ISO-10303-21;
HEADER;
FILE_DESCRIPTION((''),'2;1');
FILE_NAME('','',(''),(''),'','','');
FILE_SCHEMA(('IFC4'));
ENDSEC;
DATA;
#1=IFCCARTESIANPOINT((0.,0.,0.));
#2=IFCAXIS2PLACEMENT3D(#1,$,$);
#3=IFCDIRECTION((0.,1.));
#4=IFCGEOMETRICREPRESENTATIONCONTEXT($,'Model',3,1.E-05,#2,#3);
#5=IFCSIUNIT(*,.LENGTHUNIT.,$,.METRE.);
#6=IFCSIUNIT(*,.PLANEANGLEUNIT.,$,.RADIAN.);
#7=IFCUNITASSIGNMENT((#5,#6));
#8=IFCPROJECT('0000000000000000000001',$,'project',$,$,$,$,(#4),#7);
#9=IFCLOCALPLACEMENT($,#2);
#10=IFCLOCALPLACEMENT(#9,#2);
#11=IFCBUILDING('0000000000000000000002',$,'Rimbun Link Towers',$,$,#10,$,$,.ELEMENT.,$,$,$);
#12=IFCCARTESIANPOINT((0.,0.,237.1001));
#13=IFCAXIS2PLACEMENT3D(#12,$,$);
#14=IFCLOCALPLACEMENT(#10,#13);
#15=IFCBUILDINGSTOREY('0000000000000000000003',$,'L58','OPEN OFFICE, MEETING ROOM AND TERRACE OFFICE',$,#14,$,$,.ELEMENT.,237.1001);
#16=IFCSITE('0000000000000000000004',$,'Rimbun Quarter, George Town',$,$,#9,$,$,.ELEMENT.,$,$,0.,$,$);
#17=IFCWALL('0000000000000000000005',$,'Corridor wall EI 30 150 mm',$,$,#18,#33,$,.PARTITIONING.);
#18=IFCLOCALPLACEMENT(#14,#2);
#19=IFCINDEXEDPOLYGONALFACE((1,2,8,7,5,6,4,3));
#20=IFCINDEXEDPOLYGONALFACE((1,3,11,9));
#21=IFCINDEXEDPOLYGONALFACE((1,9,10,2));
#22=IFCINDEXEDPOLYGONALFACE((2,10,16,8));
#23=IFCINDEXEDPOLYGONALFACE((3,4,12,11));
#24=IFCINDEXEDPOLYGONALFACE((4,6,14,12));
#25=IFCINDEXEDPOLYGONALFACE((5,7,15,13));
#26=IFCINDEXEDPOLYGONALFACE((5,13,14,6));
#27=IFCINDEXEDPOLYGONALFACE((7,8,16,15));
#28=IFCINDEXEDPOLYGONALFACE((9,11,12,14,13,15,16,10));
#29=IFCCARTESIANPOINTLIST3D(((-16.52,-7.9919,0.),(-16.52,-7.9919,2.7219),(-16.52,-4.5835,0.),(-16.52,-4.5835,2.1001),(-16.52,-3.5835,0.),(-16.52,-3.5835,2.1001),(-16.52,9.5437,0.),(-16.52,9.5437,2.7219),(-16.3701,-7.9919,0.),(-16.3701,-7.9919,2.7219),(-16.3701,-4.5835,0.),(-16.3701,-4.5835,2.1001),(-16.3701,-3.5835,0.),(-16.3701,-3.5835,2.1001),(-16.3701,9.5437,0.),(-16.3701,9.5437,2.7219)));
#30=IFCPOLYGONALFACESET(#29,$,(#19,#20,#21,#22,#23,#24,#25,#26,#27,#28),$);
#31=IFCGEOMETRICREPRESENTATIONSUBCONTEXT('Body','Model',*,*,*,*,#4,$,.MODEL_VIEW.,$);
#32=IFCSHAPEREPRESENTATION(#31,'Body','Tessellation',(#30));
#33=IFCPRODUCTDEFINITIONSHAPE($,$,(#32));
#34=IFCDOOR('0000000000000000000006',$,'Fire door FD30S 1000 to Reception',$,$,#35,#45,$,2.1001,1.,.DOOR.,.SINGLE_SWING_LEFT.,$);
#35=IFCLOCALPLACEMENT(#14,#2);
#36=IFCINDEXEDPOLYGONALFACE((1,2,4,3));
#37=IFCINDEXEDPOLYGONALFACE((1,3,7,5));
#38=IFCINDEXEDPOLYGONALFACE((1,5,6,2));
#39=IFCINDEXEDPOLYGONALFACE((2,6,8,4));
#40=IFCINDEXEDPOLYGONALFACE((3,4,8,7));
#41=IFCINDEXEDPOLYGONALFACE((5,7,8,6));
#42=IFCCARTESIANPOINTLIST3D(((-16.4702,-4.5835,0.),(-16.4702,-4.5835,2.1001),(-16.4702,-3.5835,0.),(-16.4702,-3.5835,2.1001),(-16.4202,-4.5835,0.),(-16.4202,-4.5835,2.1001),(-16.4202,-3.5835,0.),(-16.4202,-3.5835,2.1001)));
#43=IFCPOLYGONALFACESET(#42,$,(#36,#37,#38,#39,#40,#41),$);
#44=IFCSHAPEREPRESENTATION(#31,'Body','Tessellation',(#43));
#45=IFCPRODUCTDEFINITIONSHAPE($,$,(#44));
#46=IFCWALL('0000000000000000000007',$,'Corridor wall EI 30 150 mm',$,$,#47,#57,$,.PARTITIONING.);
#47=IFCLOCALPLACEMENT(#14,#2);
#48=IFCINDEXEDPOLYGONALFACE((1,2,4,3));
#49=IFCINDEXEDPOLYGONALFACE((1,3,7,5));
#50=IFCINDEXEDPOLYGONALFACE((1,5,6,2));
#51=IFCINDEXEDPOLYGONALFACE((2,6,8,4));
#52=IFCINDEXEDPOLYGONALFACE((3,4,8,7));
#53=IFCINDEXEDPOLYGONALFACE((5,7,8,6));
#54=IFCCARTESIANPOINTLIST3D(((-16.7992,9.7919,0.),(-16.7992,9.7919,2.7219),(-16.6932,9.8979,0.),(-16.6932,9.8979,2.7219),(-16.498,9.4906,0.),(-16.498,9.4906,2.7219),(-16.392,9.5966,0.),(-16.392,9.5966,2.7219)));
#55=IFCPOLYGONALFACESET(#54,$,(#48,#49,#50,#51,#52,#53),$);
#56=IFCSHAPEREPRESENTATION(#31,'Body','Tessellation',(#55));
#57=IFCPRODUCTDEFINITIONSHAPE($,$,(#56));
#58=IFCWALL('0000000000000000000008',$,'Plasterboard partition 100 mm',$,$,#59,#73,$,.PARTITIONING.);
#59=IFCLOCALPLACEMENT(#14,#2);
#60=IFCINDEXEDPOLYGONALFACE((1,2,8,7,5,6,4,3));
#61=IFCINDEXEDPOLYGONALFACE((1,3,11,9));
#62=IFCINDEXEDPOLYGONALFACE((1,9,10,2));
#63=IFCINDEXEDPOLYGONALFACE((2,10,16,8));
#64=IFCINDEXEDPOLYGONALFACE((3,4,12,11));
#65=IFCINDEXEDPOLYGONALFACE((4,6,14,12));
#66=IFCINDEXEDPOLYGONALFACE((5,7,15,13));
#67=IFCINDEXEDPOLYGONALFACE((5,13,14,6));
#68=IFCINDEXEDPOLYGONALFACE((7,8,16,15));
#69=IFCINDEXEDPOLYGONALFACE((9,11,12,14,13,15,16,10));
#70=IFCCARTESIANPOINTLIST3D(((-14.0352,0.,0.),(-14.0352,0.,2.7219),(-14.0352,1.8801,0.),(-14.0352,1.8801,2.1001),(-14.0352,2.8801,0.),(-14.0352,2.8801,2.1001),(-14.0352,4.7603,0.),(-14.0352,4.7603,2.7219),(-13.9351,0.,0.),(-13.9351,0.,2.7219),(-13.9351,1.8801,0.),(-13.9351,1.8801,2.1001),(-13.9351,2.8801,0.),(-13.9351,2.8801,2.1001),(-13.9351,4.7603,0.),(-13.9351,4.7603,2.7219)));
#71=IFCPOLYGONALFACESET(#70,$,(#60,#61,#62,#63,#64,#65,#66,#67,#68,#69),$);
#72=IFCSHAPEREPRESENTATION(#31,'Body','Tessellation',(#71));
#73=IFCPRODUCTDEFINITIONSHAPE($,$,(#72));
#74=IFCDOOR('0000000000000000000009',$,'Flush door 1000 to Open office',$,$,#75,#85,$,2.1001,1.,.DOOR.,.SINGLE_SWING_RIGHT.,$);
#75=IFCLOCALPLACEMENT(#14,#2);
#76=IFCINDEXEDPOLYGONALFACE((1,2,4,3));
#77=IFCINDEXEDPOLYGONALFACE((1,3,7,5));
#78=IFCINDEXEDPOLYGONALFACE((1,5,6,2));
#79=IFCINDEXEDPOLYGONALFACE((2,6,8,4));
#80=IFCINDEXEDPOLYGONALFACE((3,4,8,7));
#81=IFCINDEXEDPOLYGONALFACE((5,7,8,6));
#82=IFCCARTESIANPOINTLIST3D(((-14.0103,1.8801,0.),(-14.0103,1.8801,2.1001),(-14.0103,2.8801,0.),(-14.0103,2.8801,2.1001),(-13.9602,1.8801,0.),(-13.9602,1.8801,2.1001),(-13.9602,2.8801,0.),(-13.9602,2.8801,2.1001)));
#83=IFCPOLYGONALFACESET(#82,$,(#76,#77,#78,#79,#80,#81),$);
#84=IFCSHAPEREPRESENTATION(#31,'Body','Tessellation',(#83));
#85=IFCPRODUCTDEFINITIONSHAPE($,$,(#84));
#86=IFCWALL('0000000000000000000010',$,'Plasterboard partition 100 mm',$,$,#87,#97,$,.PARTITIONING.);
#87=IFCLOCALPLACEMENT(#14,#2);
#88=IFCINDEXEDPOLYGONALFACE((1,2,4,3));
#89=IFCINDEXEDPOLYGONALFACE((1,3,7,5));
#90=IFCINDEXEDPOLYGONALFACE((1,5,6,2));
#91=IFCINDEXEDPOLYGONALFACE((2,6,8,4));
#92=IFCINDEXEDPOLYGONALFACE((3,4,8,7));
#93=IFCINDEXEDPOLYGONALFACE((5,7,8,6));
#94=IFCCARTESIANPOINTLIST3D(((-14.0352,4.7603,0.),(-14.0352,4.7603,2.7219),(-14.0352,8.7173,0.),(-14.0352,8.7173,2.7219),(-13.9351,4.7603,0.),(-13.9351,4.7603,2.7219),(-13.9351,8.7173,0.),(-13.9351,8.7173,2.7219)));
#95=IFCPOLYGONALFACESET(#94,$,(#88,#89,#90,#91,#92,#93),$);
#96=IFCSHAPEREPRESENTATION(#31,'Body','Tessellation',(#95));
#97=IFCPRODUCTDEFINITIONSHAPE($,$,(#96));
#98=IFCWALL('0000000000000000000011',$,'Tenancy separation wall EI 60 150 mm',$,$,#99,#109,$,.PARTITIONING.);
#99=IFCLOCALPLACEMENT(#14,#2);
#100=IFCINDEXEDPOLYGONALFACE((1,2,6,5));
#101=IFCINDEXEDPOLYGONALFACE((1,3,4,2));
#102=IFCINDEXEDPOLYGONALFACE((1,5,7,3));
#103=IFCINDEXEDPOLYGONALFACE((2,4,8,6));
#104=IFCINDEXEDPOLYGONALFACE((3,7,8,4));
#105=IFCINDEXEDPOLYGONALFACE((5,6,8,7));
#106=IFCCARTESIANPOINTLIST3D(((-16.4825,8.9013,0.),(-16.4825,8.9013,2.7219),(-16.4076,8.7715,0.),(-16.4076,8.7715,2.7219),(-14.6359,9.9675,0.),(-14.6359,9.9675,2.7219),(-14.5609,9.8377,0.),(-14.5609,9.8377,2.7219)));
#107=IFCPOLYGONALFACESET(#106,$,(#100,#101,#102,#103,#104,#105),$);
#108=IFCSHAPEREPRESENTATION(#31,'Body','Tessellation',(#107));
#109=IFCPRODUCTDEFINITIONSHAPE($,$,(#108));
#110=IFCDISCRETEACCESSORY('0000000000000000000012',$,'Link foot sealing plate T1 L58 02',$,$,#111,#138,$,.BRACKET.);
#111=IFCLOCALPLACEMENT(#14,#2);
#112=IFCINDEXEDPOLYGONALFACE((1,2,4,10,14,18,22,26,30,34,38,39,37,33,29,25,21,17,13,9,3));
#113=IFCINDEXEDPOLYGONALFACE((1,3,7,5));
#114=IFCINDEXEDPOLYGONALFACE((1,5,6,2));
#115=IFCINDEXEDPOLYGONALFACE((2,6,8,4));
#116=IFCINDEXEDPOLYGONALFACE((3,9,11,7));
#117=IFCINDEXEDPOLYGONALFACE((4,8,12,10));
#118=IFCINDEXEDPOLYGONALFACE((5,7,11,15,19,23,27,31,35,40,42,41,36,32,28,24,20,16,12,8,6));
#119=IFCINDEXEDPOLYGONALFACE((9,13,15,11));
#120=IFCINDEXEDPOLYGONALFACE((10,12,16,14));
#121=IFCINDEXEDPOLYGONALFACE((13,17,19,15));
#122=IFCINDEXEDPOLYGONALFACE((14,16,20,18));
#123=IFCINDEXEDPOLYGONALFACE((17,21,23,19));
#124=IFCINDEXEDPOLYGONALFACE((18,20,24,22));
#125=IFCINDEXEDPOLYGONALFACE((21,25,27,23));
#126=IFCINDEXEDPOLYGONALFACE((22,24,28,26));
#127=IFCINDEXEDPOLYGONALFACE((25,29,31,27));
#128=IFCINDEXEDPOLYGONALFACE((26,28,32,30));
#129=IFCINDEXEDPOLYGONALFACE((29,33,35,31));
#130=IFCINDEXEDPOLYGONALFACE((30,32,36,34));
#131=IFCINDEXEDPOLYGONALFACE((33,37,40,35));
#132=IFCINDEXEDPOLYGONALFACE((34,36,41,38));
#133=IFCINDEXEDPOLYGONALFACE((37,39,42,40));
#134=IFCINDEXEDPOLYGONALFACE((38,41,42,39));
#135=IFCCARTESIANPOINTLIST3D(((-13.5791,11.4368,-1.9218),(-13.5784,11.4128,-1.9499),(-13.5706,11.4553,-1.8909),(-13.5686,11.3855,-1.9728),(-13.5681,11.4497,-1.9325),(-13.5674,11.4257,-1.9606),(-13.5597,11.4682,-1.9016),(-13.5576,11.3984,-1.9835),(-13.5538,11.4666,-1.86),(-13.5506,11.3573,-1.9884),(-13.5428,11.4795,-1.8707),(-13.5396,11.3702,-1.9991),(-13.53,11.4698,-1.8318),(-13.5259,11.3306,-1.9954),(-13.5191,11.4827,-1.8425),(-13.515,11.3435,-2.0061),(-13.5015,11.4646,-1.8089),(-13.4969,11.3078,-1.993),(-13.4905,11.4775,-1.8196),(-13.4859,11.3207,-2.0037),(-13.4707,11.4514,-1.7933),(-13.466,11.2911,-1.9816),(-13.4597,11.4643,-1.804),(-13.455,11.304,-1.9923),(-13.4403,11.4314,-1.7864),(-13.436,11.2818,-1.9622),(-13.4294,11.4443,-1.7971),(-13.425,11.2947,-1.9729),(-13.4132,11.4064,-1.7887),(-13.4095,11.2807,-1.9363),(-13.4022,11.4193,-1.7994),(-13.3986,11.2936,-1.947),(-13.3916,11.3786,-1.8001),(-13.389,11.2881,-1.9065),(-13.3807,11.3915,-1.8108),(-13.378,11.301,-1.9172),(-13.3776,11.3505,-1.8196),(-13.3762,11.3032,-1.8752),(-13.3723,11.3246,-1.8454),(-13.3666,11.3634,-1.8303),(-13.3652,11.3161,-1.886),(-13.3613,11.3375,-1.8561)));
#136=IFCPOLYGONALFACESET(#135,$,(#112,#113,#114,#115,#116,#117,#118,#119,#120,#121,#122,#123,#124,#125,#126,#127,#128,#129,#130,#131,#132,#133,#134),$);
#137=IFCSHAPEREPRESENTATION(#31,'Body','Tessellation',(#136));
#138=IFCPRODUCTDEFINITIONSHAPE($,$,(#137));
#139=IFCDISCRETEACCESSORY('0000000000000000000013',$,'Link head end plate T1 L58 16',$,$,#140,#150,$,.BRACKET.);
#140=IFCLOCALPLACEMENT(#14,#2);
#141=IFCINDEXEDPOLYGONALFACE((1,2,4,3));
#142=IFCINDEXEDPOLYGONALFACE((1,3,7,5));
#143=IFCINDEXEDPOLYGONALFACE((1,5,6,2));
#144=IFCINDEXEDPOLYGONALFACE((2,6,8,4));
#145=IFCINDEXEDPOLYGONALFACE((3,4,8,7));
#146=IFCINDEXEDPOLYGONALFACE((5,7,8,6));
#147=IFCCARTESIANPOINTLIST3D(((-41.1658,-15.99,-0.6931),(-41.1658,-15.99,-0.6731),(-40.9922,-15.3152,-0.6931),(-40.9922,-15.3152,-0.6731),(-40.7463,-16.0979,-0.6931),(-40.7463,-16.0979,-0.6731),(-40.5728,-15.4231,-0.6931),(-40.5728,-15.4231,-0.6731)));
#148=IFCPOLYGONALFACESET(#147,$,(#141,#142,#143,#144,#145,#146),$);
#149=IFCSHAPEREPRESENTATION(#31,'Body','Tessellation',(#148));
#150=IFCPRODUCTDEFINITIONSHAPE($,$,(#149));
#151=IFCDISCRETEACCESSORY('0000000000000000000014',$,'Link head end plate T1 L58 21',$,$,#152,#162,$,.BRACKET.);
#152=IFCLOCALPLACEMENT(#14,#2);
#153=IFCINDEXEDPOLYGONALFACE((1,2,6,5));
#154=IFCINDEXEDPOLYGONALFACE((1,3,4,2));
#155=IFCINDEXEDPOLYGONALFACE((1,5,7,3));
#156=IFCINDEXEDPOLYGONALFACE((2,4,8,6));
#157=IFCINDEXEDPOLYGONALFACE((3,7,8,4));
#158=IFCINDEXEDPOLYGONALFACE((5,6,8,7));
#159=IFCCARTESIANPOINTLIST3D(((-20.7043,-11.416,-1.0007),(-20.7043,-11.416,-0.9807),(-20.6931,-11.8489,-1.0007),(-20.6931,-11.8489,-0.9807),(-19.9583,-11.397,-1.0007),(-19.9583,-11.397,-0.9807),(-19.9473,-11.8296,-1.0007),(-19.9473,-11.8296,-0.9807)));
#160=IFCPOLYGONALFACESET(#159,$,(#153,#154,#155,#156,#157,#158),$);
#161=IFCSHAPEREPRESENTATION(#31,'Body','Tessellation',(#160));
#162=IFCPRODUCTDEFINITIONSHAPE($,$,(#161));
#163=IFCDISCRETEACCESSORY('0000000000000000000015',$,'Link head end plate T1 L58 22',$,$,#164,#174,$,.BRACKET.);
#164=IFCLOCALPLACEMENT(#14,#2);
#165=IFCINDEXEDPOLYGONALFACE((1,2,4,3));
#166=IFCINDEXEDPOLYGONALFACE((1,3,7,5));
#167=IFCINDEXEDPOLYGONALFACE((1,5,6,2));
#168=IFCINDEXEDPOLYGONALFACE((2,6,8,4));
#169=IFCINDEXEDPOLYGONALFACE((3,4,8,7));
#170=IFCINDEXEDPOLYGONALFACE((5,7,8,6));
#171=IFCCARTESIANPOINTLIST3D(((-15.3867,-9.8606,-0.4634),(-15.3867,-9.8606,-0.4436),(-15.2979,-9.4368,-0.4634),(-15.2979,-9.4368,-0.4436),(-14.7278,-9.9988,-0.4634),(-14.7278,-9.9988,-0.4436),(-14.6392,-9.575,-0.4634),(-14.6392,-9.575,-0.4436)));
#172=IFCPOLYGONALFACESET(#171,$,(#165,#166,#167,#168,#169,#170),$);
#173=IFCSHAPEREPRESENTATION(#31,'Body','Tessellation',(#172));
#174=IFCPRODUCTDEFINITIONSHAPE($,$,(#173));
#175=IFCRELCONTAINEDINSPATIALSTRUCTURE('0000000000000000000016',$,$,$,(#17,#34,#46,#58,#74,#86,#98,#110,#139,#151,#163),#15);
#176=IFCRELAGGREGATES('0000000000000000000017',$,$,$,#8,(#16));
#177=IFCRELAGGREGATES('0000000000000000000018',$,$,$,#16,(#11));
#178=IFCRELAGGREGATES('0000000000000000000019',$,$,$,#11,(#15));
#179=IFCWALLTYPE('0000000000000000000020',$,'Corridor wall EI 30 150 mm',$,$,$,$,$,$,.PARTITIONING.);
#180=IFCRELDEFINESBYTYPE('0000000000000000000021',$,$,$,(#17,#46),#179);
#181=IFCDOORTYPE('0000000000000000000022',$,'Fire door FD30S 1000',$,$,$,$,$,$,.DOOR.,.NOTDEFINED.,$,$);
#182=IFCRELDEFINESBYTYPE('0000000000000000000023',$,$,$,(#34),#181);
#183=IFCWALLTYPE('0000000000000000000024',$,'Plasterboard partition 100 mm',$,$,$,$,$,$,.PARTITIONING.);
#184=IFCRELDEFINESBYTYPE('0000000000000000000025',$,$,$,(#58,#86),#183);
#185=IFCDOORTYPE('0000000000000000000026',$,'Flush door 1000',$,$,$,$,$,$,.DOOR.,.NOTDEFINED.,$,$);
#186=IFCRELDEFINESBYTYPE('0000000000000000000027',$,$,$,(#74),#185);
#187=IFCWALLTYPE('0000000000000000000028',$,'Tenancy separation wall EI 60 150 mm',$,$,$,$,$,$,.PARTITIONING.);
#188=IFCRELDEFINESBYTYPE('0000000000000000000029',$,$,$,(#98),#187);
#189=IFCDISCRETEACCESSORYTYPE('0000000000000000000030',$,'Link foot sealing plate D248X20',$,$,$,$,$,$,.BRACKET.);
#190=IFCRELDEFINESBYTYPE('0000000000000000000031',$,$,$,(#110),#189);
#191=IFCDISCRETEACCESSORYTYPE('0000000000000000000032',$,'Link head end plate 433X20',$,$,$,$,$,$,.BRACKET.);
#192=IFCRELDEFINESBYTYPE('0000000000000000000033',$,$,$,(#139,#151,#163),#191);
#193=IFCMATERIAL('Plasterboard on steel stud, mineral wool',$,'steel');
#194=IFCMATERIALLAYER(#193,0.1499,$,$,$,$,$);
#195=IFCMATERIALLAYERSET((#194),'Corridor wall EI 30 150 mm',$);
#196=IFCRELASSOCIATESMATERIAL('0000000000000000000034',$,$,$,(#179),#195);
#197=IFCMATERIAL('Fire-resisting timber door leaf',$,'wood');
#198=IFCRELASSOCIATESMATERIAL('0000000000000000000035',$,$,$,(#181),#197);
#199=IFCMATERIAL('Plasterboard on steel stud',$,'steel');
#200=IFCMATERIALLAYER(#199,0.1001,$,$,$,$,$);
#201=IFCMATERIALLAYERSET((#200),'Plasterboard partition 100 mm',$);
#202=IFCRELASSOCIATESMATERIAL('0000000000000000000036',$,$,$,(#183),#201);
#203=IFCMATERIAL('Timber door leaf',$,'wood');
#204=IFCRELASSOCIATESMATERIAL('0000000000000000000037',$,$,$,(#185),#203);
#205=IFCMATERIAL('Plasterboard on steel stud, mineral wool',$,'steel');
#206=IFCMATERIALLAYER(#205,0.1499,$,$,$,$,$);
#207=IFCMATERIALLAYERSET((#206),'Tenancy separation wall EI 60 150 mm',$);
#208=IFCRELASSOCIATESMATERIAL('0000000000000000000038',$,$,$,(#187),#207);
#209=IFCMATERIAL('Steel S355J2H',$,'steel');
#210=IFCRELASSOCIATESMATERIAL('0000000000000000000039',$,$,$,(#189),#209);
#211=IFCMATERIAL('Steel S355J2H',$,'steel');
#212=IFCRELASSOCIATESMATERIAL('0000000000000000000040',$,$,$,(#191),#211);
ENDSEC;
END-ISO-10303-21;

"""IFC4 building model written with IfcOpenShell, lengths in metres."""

from ifc_helpers import new_model, si_unit, direction, frame, frame_2d, origin, origin_2d, place, context, subcontext, project, spatial, polyline, rectangle, circle, outline, extrude, material, layer, layer_set, material_profile, profile_set, type_object, element, fill, save


model = new_model("IFC4")

# Units and contexts
model_context = context("Model", 3, precision=1e-05, world=origin(), true_north=direction((0.0, 1.0)))
body_context = subcontext(model_context, "Body", "Model", "MODEL_VIEW")
ifc_project = project(units=[si_unit("LENGTHUNIT", "METRE"), si_unit("PLANEANGLEUNIT", "RADIAN")], contexts=[model_context])

# Site, building, storey
site_placement = place(None, origin())
site = spatial("IfcSite", under=ifc_project, at=site_placement, Name="Rimbun Quarter, George Town", CompositionType="ELEMENT", RefElevation=0.0)
building_placement = place(site_placement, origin())
building = spatial("IfcBuilding", under=site, at=building_placement, Name="Rimbun Link Towers", CompositionType="ELEMENT")
storey_placement = place(building_placement, frame((0.0, 0.0, 237.1001)))
storey = spatial("IfcBuildingStorey", under=building, at=storey_placement, Name="L58", Description="OPEN OFFICE, MEETING ROOM AND TERRACE OFFICE", CompositionType="ELEMENT", Elevation=237.1001)

# Wall, opening, door
ifc_material_1 = material(Name="Plasterboard on steel stud, mineral wool", Category="steel")
ifc_layer_1 = layer(ifc_material_1, 0.1499)
ifc_layer_set_1 = layer_set([ifc_layer_1], Name="Corridor wall EI 30 150 mm")
wall_type_1 = type_object("IfcWallType", Name="Corridor wall EI 30 150 mm", PredefinedType="PARTITIONING", material=ifc_layer_set_1)
wall_1_placement = place(storey_placement, frame((-16.4451, 9.5437, 0.0), z_axis=(0.0, 0.0, 1.0), x_axis=(0.0, -1.0, 0.0)))
wall_1 = element("IfcWall", 1, at=wall_1_placement, inside=storey, type_object=wall_type_1, Name="Corridor wall EI 30 150 mm", PredefinedType="PARTITIONING", context=body_context, shape_type="SweptSolid", body=[
    extrude(rectangle(XDim=17.5356, YDim=0.1499, at=frame_2d((8.7678, 0.0))), origin(), (0.0, 0.0, 1.0), 2.7219),
])
opening_1_placement = place(wall_1_placement, frame((13.1272, 0.0, 0.0)))
opening_1 = element("IfcOpeningElement", 2, at=opening_1_placement, cuts=wall_1, PredefinedType="OPENING", context=body_context, shape_type="SweptSolid", body=[
    extrude(rectangle(XDim=1.0, YDim=2.1001, at=frame_2d((0.5, 1.05))), frame((0.0, 0.085, 0.0), z_axis=(0.0, -1.0, 0.0), x_axis=(1.0, 0.0, 0.0)), (0.0, 0.0, 1.0), 0.1699),
])
ifc_material_2 = material(Name="Fire-resisting timber door leaf", Category="wood")
door_type_1 = type_object("IfcDoorType", Name="Fire door FD30S 1000", OperationType="NOTDEFINED", PredefinedType="DOOR", material=ifc_material_2)
door_1_placement = place(opening_1_placement, origin())
door_1 = element("IfcDoor", 3, at=door_1_placement, inside=storey, type_object=door_type_1, Name="Fire door FD30S 1000 to Reception", OperationType="SINGLE_SWING_LEFT", OverallHeight=2.1001, OverallWidth=1.0, PredefinedType="DOOR", context=body_context, shape_type="SweptSolid", body=[
    extrude(rectangle(XDim=1.0, YDim=2.1001, at=frame_2d((0.5, 1.05))), frame((0.0, 0.0249, 0.0), z_axis=(0.0, -1.0, 0.0), x_axis=(1.0, 0.0, 0.0)), (0.0, 0.0, 1.0), 0.05),
])
fill(opening_1, door_1)

# Wall
wall_2_placement = place(storey_placement, frame((-16.4451, 9.5437, 0.0), z_axis=(0.0, 0.0, 1.0), x_axis=(-0.707107, 0.707107, 0.0)))
element("IfcWall", 4, at=wall_2_placement, inside=storey, type_object=wall_type_1, Name="Corridor wall EI 30 150 mm", PredefinedType="PARTITIONING", context=body_context, shape_type="SweptSolid", body=[
    extrude(rectangle(XDim=0.426, YDim=0.1499, at=frame_2d((0.2129, 0.0))), origin(), (0.0, 0.0, 1.0), 2.7219),
])

# Wall, opening, door
ifc_material_3 = material(Name="Plasterboard on steel stud", Category="steel")
ifc_layer_2 = layer(ifc_material_3, 0.1001)
ifc_layer_set_2 = layer_set([ifc_layer_2], Name="Plasterboard partition 100 mm")
wall_type_2 = type_object("IfcWallType", Name="Plasterboard partition 100 mm", PredefinedType="PARTITIONING", material=ifc_layer_set_2)
wall_3_placement = place(storey_placement, frame((-13.9851, 4.7603, 0.0), z_axis=(0.0, 0.0, 1.0), x_axis=(0.0, -1.0, 0.0)))
wall_3 = element("IfcWall", 5, at=wall_3_placement, inside=storey, type_object=wall_type_2, Name="Plasterboard partition 100 mm", PredefinedType="PARTITIONING", context=body_context, shape_type="SweptSolid", body=[
    extrude(rectangle(XDim=4.7603, YDim=0.1001, at=frame_2d((2.3801, 0.0))), origin(), (0.0, 0.0, 1.0), 2.7219),
])
opening_2_placement = place(wall_3_placement, frame((1.8801, 0.0, 0.0)))
opening_2 = element("IfcOpeningElement", 6, at=opening_2_placement, cuts=wall_3, PredefinedType="OPENING", context=body_context, shape_type="SweptSolid", body=[
    extrude(rectangle(XDim=1.0, YDim=2.1001, at=frame_2d((0.5, 1.05))), frame((0.0, 0.0601, 0.0), z_axis=(0.0, -1.0, 0.0), x_axis=(1.0, 0.0, 0.0)), (0.0, 0.0, 1.0), 0.1201),
])
ifc_material_4 = material(Name="Timber door leaf", Category="wood")
door_type_2 = type_object("IfcDoorType", Name="Flush door 1000", OperationType="NOTDEFINED", PredefinedType="DOOR", material=ifc_material_4)
door_2_placement = place(opening_2_placement, origin())
door_2 = element("IfcDoor", 7, at=door_2_placement, inside=storey, type_object=door_type_2, Name="Flush door 1000 to Open office", OperationType="SINGLE_SWING_RIGHT", OverallHeight=2.1001, OverallWidth=1.0, PredefinedType="DOOR", context=body_context, shape_type="SweptSolid", body=[
    extrude(rectangle(XDim=1.0, YDim=2.1001, at=frame_2d((0.5, 1.05))), frame((0.0, 0.0249, 0.0), z_axis=(0.0, -1.0, 0.0), x_axis=(1.0, 0.0, 0.0)), (0.0, 0.0, 1.0), 0.05),
])
fill(opening_2, door_2)

# Walls
wall_4_placement = place(storey_placement, frame((-13.9851, 4.7603, 0.0), z_axis=(0.0, 0.0, 1.0), x_axis=(0.0, 1.0, 0.0)))
element("IfcWall", 8, at=wall_4_placement, inside=storey, type_object=wall_type_2, Name="Plasterboard partition 100 mm", PredefinedType="PARTITIONING", context=body_context, shape_type="SweptSolid", body=[
    extrude(rectangle(XDim=3.957, YDim=0.1001, at=frame_2d((1.9785, 0.0))), origin(), (0.0, 0.0, 1.0), 2.7219),
])
ifc_material_5 = material(Name="Plasterboard on steel stud, mineral wool", Category="steel")
ifc_layer_3 = layer(ifc_material_5, 0.1499)
ifc_layer_set_3 = layer_set([ifc_layer_3], Name="Tenancy separation wall EI 60 150 mm")
wall_type_3 = type_object("IfcWallType", Name="Tenancy separation wall EI 60 150 mm", PredefinedType="PARTITIONING", material=ifc_layer_set_3)
wall_5_placement = place(storey_placement, frame((-16.4451, 8.8364, 0.0), z_axis=(0.0, 0.0, 1.0), x_axis=(0.866029, 0.499993, 0.0)))
element("IfcWall", 9, at=wall_5_placement, inside=storey, type_object=wall_type_3, Name="Tenancy separation wall EI 60 150 mm", PredefinedType="PARTITIONING", context=body_context, shape_type="SweptSolid", body=[
    extrude(rectangle(XDim=2.1323, YDim=0.1499, at=frame_2d((1.0662, 0.0))), origin(), (0.0, 0.0, 1.0), 2.7219),
])

# Discrete accessories
ifc_material_6 = material(Name="Steel S355J2H", Category="steel")
ifc_material_profile_1 = material_profile(ifc_material_6, circle(Radius=0.124, at=origin_2d()), Name="PL D248")
ifc_profile_set_1 = profile_set([ifc_material_profile_1], Name="Steel S355J2H")
discrete_accessory_type_1 = type_object("IfcDiscreteAccessoryType", Name="Link foot sealing plate D248X20", PredefinedType="BRACKET", material=ifc_profile_set_1)
discrete_accessory_1_placement = place(storey_placement, frame((-13.4761, 11.375, -1.8909), z_axis=(0.546913, 0.644142, -0.534759), x_axis=(-0.762294, 0.647231, 0.0)))
element("IfcDiscreteAccessory", 10, at=discrete_accessory_1_placement, inside=storey, type_object=discrete_accessory_type_1, Name="Link foot sealing plate T1 L58 02", PredefinedType="BRACKET", context=body_context, shape_type="SweptSolid", body=[
    extrude(circle(Radius=0.124, at=origin_2d()), origin(), (0.0, 0.0, 1.0), 0.02),
])
ifc_material_7 = material(Name="Steel S355J2H", Category="steel")
ifc_material_profile_2 = material_profile(ifc_material_7, rectangle(XDim=0.4331, YDim=0.4331, at=origin_2d()), Name="PL 433x433")
ifc_profile_set_2 = profile_set([ifc_material_profile_2], Name="Steel S355J2H")
discrete_accessory_type_2 = type_object("IfcDiscreteAccessoryType", Name="Link head end plate 433X20", PredefinedType="BRACKET", material=ifc_profile_set_2)
discrete_accessory_2_placement = place(storey_placement, frame((0.0, 0.0, -0.6931)))
element("IfcDiscreteAccessory", 11, at=discrete_accessory_2_placement, inside=storey, type_object=discrete_accessory_type_2, Name="Link head end plate T1 L58 16", PredefinedType="BRACKET", context=body_context, shape_type="SweptSolid", body=[
    extrude(outline(polyline([(-40.9922, -15.3152), (-41.1658, -15.99), (-40.7463, -16.0979), (-40.5728, -15.4231), (-40.9922, -15.3152)])), origin(), (0.0, 0.0, 1.0), 0.02),
])
discrete_accessory_3_placement = place(storey_placement, frame((0.0, 0.0, -1.0007)))
element("IfcDiscreteAccessory", 12, at=discrete_accessory_3_placement, inside=storey, type_object=discrete_accessory_type_2, Name="Link head end plate T1 L58 21", PredefinedType="BRACKET", context=body_context, shape_type="SweptSolid", body=[
    extrude(outline(polyline([(-20.6931, -11.8489), (-19.9473, -11.8296), (-19.9583, -11.397), (-20.7043, -11.416), (-20.6931, -11.8489)])), origin(), (0.0, 0.0, 1.0), 0.02),
])
discrete_accessory_4_placement = place(storey_placement, frame((0.0, 0.0, -0.4634)))
element("IfcDiscreteAccessory", 13, at=discrete_accessory_4_placement, inside=storey, type_object=discrete_accessory_type_2, Name="Link head end plate T1 L58 22", PredefinedType="BRACKET", context=body_context, shape_type="SweptSolid", body=[
    extrude(outline(polyline([(-15.3867, -9.8606), (-14.7278, -9.9988), (-14.6392, -9.575), (-15.2979, -9.4368), (-15.3867, -9.8606)])), origin(), (0.0, 0.0, 1.0), 0.0198),
])

save(model, "model.ifc")
